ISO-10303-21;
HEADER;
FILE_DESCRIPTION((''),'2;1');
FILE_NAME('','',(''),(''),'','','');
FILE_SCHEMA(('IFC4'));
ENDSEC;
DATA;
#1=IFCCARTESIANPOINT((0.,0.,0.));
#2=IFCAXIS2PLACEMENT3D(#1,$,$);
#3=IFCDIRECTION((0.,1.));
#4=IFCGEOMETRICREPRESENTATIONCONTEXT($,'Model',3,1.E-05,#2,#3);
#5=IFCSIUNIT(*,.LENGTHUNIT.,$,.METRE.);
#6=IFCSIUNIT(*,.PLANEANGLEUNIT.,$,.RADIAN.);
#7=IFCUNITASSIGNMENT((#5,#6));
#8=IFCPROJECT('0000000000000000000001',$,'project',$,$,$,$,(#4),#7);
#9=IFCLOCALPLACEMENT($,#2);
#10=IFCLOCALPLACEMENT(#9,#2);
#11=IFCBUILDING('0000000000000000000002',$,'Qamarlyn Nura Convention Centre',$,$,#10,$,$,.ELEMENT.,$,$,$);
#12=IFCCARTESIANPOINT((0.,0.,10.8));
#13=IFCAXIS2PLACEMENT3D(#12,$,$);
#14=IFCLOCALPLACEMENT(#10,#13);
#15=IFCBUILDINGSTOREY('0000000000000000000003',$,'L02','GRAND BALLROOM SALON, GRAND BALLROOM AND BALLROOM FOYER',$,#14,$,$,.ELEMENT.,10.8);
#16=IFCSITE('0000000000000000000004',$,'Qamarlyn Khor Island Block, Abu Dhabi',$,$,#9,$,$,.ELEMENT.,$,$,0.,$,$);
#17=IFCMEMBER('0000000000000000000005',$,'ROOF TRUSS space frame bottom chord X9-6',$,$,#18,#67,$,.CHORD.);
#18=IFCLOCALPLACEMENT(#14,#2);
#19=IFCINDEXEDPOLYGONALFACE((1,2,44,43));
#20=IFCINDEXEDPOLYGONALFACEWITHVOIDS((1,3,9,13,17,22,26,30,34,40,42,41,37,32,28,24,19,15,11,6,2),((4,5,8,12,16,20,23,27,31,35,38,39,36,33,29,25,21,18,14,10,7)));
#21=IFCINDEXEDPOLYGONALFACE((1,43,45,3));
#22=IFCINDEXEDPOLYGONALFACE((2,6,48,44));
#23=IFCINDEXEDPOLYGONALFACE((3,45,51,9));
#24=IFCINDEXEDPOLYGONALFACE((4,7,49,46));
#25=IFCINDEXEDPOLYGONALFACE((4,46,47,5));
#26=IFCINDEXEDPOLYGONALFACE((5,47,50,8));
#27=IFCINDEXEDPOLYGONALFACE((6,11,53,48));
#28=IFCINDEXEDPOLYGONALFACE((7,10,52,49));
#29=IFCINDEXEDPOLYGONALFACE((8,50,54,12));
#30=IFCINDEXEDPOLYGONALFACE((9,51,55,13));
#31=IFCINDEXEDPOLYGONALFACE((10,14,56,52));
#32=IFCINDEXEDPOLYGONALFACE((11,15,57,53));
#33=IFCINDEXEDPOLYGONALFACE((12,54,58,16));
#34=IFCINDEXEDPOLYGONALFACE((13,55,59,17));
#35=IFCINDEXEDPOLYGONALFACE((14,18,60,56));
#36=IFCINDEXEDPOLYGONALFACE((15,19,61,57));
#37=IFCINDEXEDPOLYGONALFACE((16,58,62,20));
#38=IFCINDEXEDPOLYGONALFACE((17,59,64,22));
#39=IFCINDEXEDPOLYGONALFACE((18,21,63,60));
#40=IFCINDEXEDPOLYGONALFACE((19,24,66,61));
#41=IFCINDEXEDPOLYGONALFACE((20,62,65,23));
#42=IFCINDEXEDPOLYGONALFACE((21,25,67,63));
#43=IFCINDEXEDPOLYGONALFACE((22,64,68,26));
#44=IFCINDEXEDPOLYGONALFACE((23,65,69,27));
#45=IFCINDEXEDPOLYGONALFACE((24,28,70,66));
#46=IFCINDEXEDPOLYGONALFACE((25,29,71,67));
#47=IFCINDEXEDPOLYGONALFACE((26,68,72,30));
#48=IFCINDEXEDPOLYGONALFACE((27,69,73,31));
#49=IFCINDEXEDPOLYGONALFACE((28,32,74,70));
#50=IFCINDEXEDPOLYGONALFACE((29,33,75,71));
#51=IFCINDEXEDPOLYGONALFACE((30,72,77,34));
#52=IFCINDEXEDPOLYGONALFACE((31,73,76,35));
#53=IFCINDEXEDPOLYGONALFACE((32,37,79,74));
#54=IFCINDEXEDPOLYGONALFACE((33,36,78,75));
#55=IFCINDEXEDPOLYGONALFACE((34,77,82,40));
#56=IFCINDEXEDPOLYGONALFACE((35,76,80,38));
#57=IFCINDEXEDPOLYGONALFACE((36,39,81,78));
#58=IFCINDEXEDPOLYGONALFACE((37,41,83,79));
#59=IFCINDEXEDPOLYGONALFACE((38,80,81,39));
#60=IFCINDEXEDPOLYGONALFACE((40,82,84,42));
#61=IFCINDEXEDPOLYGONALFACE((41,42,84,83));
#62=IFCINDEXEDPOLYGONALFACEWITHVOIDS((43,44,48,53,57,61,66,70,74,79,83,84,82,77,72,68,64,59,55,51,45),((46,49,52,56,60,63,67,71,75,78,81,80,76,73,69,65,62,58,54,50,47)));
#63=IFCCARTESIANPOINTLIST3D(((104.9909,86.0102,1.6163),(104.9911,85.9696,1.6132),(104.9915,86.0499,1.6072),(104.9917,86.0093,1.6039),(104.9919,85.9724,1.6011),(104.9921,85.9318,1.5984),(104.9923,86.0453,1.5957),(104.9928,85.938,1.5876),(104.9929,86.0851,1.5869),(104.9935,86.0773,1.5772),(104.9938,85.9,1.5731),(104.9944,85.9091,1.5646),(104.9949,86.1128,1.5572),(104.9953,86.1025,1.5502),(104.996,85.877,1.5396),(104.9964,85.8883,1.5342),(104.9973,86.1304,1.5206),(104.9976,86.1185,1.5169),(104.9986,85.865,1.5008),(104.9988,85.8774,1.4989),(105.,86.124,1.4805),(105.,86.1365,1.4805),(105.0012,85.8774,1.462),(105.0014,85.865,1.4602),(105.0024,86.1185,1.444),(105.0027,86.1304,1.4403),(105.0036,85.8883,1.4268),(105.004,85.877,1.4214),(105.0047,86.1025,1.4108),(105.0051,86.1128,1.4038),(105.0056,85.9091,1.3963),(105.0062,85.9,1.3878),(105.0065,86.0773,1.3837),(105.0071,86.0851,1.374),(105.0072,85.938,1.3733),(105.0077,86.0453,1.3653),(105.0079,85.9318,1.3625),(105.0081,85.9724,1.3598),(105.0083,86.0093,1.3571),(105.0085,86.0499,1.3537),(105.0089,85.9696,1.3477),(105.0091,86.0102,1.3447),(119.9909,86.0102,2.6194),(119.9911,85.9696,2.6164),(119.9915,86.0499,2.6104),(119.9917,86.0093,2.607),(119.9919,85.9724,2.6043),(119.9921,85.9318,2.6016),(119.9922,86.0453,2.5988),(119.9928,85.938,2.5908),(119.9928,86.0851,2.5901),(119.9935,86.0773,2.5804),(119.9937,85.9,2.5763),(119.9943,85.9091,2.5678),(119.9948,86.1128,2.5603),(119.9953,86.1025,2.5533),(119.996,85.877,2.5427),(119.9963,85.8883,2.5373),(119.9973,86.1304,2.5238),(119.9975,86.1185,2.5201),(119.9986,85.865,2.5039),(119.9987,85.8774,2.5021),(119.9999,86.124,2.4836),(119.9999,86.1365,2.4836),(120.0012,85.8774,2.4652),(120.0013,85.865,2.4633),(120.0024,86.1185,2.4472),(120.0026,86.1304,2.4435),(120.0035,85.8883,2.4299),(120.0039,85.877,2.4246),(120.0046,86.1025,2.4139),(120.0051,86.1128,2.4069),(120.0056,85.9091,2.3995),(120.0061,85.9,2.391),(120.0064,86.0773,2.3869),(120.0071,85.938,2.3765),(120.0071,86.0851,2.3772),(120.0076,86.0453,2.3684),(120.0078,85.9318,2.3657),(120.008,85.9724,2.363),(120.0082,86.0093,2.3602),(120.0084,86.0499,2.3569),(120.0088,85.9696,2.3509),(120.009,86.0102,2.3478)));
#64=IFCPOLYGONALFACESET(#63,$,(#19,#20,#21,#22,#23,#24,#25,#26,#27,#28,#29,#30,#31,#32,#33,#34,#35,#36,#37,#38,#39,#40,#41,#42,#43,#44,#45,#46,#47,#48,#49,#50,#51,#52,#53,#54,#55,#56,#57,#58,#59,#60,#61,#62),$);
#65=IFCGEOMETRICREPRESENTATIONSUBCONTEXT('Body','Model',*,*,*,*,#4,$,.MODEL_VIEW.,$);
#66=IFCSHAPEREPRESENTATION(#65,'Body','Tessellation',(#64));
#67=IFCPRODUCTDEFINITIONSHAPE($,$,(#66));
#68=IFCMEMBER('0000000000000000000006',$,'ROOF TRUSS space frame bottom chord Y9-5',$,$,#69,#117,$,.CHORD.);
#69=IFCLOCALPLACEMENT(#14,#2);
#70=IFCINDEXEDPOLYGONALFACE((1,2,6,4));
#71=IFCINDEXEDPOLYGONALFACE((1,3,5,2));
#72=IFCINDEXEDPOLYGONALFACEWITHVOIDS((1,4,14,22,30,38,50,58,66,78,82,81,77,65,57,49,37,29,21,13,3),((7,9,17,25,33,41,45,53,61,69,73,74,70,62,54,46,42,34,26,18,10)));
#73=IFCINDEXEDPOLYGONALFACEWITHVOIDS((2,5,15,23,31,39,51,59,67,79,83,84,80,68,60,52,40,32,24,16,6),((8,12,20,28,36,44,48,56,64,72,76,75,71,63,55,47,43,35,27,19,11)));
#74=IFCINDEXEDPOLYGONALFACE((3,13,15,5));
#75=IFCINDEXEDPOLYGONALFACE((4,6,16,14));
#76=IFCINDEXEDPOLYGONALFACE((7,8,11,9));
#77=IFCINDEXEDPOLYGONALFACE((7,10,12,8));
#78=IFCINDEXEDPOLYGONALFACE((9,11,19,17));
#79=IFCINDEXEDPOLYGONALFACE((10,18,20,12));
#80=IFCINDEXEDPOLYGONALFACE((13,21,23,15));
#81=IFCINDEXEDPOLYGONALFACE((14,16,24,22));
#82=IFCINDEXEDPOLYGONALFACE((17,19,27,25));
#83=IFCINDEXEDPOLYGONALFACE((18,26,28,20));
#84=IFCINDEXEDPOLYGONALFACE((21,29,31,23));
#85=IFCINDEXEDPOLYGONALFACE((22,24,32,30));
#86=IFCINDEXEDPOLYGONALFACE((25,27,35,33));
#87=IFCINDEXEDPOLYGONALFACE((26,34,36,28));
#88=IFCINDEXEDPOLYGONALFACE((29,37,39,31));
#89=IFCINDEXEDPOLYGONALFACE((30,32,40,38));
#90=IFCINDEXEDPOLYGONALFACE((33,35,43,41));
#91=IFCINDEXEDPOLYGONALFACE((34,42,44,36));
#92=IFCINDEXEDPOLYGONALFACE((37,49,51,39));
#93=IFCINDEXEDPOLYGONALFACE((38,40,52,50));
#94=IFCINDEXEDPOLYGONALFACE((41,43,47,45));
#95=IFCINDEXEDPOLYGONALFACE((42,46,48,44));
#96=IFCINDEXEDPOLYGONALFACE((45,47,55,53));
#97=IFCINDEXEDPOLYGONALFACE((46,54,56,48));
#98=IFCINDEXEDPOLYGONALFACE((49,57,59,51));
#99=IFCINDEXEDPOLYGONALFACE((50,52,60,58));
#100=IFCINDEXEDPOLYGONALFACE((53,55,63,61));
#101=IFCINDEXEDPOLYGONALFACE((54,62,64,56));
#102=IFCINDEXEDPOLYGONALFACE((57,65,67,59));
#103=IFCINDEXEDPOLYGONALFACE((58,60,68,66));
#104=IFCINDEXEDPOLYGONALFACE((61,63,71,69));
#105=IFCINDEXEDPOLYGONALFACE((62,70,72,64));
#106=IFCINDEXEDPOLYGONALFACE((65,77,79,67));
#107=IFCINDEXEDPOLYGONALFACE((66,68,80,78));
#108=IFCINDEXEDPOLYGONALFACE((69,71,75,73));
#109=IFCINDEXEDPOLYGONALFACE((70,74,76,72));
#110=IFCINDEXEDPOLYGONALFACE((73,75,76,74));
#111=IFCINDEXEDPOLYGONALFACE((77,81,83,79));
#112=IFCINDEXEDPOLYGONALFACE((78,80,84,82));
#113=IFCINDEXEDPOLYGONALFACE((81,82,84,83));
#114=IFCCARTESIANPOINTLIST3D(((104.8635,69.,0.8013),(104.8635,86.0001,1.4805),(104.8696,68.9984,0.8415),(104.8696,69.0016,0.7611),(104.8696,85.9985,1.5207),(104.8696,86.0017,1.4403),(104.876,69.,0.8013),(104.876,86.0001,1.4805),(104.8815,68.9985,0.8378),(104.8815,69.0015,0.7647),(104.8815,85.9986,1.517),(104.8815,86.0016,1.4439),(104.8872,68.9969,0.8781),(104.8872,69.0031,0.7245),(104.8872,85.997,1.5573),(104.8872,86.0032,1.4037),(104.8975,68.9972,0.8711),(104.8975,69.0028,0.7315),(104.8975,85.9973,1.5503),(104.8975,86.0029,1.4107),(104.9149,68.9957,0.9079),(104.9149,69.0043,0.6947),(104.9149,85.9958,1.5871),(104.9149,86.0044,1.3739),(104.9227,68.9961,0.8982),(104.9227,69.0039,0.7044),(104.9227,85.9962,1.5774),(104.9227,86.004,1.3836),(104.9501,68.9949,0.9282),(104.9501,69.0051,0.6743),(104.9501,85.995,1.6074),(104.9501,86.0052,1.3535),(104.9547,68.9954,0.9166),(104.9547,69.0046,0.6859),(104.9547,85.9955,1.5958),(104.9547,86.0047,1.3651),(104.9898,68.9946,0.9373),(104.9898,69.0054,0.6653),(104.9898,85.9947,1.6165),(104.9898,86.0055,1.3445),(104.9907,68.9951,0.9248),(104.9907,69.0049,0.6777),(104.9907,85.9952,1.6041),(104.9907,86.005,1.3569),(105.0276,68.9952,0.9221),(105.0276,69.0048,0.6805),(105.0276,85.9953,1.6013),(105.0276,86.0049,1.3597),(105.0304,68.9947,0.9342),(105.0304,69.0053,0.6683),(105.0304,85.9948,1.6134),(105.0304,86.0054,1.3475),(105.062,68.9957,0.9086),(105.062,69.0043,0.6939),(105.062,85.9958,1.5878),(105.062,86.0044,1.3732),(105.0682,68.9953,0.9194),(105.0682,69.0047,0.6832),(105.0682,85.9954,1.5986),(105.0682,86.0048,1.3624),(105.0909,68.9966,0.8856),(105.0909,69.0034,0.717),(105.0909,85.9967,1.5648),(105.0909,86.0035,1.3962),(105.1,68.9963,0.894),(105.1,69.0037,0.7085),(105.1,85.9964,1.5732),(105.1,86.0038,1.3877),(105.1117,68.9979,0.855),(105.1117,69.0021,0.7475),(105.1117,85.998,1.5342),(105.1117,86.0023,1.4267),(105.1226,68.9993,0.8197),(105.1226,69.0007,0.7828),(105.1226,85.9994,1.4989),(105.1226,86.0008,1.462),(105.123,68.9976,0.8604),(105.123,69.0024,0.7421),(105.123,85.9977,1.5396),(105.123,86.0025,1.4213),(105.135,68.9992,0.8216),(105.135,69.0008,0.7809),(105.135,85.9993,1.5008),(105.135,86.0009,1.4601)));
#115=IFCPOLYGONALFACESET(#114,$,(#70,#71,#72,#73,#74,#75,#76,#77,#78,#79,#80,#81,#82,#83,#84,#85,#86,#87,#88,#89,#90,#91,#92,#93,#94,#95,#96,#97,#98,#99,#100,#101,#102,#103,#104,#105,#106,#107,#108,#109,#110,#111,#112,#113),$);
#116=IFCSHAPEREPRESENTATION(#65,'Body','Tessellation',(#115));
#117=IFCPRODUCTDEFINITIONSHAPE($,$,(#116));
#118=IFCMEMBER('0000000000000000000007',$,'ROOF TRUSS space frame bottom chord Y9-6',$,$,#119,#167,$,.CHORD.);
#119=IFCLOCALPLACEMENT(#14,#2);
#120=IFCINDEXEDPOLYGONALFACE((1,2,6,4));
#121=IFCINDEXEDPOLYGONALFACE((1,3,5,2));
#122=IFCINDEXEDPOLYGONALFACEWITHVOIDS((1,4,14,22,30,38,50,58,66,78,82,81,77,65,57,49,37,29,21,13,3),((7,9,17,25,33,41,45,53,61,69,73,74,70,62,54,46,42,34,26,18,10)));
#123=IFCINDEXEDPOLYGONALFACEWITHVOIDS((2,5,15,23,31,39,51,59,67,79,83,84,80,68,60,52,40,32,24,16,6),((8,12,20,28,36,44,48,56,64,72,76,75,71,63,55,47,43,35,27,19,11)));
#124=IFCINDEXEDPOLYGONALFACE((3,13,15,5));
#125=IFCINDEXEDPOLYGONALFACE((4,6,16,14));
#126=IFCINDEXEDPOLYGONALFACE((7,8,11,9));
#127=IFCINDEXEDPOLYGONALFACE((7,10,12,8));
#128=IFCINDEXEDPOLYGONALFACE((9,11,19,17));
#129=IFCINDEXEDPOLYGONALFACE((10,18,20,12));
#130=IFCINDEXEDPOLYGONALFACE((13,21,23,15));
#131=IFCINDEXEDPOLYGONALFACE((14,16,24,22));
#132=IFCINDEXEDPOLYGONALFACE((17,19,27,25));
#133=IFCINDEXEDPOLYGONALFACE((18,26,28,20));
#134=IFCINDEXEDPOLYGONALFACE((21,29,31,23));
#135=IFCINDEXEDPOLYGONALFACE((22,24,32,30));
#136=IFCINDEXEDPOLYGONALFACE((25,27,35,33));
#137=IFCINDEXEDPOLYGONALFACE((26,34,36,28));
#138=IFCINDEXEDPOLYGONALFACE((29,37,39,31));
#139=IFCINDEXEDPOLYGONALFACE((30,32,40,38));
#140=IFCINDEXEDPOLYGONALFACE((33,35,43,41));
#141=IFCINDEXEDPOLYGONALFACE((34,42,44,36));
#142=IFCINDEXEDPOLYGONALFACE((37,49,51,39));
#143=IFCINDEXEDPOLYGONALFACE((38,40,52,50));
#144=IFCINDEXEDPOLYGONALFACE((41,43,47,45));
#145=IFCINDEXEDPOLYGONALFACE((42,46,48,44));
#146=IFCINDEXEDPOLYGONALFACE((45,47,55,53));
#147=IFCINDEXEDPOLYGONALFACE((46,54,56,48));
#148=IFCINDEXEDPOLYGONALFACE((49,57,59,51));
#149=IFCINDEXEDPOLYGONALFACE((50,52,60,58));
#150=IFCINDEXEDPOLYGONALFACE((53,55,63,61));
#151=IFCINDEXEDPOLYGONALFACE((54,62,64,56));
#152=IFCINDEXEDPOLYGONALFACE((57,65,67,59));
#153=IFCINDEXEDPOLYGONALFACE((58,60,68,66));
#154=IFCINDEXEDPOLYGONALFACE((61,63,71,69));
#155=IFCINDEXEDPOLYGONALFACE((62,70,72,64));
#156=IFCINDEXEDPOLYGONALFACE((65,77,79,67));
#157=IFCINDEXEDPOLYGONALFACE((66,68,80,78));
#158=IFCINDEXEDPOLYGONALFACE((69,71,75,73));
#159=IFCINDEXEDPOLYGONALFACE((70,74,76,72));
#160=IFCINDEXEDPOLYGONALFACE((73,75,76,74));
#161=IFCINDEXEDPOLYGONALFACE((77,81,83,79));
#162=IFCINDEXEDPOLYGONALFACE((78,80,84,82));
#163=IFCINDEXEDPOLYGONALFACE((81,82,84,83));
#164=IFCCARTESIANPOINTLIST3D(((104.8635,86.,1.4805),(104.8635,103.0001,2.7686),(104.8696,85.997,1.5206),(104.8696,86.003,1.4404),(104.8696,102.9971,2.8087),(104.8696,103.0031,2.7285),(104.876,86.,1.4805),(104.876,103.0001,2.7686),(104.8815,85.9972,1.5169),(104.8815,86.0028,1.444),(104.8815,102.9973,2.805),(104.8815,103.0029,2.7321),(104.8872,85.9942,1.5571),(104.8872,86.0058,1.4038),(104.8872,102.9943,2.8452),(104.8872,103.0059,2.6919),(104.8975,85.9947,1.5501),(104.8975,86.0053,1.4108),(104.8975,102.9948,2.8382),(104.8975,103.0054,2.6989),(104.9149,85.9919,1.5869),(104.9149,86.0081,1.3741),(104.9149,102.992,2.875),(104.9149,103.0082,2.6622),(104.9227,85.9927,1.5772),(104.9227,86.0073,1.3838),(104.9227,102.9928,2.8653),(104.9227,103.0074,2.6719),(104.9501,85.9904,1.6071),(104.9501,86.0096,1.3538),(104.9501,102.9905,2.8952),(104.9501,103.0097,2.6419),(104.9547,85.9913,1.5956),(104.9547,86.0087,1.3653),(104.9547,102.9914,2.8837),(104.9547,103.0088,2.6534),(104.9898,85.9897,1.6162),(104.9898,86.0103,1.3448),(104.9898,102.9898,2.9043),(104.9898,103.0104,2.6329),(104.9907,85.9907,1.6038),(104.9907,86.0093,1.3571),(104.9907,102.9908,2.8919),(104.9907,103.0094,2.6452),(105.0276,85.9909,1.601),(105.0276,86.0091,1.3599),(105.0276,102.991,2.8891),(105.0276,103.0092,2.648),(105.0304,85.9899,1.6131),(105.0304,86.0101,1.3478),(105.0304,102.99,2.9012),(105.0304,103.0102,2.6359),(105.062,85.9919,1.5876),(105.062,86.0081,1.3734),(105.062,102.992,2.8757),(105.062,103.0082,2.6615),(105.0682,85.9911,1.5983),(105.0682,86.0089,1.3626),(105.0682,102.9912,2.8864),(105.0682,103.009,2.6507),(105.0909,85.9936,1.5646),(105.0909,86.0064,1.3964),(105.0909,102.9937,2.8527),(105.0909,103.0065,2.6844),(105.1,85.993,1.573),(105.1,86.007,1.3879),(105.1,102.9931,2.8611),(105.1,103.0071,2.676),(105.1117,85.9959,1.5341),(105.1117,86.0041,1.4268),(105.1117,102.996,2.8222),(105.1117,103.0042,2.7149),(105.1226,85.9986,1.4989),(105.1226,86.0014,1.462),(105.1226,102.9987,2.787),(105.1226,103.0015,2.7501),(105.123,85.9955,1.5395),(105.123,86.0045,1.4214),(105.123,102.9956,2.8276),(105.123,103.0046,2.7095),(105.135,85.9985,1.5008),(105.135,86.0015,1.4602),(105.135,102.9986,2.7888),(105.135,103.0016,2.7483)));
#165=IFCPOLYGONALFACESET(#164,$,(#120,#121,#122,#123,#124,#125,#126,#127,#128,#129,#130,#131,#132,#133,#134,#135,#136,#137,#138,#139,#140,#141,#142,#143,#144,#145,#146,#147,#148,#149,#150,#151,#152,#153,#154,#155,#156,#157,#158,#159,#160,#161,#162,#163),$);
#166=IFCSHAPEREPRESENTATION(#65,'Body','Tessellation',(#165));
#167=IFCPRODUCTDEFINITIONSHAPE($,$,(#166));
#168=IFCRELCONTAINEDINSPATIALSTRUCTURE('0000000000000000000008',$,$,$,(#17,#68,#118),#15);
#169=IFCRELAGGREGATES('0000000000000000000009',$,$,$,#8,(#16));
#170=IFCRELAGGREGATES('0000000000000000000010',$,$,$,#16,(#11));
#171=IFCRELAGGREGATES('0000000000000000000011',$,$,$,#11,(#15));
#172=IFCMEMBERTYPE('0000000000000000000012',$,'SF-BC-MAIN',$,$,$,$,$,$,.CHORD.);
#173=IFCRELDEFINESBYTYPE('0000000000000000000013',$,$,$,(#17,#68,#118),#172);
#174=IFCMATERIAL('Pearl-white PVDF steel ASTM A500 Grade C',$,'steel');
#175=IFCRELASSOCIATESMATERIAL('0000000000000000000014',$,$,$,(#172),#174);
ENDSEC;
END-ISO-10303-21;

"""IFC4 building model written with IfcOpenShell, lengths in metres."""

from ifc_helpers import new_model, si_unit, direction, frame, origin, origin_2d, place, context, subcontext, project, spatial, hollow_circle, extrude, material, material_profile, profile_set, type_object, element, save


model = new_model("IFC4")

# Units and contexts
model_context = context("Model", 3, precision=1e-05, world=origin(), true_north=direction((0.0, 1.0)))
body_context = subcontext(model_context, "Body", "Model", "MODEL_VIEW")
ifc_project = project(units=[si_unit("LENGTHUNIT", "METRE"), si_unit("PLANEANGLEUNIT", "RADIAN")], contexts=[model_context])

# Site, building, storey
site_placement = place(None, origin())
site = spatial("IfcSite", under=ifc_project, at=site_placement, Name="Qamarlyn Khor Island Block, Abu Dhabi", CompositionType="ELEMENT", RefElevation=0.0)
building_placement = place(site_placement, origin())
building = spatial("IfcBuilding", under=site, at=building_placement, Name="Qamarlyn Nura Convention Centre", CompositionType="ELEMENT")
storey_placement = place(building_placement, frame((0.0, 0.0, 10.8)))
storey = spatial("IfcBuildingStorey", under=building, at=storey_placement, Name="L02", Description="GRAND BALLROOM SALON, GRAND BALLROOM AND BALLROOM FOYER", CompositionType="ELEMENT", Elevation=10.8)

# Members
ifc_material_1 = material(Name="Pearl-white PVDF steel ASTM A500 Grade C", Category="steel")
ifc_material_profile_1 = material_profile(ifc_material_1, hollow_circle(Radius=0.1365, WallThickness=0.0125, at=origin_2d()), Name="CHS273X12.5")
ifc_profile_set_1 = profile_set([ifc_material_profile_1], Name="Pearl-white PVDF steel ASTM A500 Grade C")
member_type_1 = type_object("IfcMemberType", Name="SF-BC-MAIN", PredefinedType="CHORD", material=ifc_profile_set_1)
member_1_placement = place(storey_placement, frame((105.0, 86.0, 1.4805), z_axis=(0.997771, 0.0, 0.066729), x_axis=(0.0, 1.0, 0.0)))
element("IfcMember", 1, at=member_1_placement, inside=storey, type_object=member_type_1, Name="ROOF TRUSS space frame bottom chord X9-6", PredefinedType="CHORD", context=body_context, shape_type="SweptSolid", body=[
    extrude(hollow_circle(Radius=0.1365, WallThickness=0.0125, at=origin_2d()), origin(), (0.0, 0.0, 1.0), 15.0334),
])
member_2_placement = place(storey_placement, frame((105.0, 69.0, 0.8013), z_axis=(0.0, 0.999203, 0.039921), x_axis=(-1.0, 0.0, 0.0)))
element("IfcMember", 2, at=member_2_placement, inside=storey, type_object=member_type_1, Name="ROOF TRUSS space frame bottom chord Y9-5", PredefinedType="CHORD", context=body_context, shape_type="SweptSolid", body=[
    extrude(hollow_circle(Radius=0.1365, WallThickness=0.0125, at=origin_2d()), origin(), (0.0, 0.0, 1.0), 17.0137),
])
member_3_placement = place(storey_placement, frame((105.0, 86.0, 1.4805), z_axis=(0.0, 0.997142, 0.075553), x_axis=(-1.0, 0.0, 0.0)))
element("IfcMember", 3, at=member_3_placement, inside=storey, type_object=member_type_1, Name="ROOF TRUSS space frame bottom chord Y9-6", PredefinedType="CHORD", context=body_context, shape_type="SweptSolid", body=[
    extrude(hollow_circle(Radius=0.1365, WallThickness=0.0125, at=origin_2d()), origin(), (0.0, 0.0, 1.0), 17.0488),
])

save(model, "model.ifc")
